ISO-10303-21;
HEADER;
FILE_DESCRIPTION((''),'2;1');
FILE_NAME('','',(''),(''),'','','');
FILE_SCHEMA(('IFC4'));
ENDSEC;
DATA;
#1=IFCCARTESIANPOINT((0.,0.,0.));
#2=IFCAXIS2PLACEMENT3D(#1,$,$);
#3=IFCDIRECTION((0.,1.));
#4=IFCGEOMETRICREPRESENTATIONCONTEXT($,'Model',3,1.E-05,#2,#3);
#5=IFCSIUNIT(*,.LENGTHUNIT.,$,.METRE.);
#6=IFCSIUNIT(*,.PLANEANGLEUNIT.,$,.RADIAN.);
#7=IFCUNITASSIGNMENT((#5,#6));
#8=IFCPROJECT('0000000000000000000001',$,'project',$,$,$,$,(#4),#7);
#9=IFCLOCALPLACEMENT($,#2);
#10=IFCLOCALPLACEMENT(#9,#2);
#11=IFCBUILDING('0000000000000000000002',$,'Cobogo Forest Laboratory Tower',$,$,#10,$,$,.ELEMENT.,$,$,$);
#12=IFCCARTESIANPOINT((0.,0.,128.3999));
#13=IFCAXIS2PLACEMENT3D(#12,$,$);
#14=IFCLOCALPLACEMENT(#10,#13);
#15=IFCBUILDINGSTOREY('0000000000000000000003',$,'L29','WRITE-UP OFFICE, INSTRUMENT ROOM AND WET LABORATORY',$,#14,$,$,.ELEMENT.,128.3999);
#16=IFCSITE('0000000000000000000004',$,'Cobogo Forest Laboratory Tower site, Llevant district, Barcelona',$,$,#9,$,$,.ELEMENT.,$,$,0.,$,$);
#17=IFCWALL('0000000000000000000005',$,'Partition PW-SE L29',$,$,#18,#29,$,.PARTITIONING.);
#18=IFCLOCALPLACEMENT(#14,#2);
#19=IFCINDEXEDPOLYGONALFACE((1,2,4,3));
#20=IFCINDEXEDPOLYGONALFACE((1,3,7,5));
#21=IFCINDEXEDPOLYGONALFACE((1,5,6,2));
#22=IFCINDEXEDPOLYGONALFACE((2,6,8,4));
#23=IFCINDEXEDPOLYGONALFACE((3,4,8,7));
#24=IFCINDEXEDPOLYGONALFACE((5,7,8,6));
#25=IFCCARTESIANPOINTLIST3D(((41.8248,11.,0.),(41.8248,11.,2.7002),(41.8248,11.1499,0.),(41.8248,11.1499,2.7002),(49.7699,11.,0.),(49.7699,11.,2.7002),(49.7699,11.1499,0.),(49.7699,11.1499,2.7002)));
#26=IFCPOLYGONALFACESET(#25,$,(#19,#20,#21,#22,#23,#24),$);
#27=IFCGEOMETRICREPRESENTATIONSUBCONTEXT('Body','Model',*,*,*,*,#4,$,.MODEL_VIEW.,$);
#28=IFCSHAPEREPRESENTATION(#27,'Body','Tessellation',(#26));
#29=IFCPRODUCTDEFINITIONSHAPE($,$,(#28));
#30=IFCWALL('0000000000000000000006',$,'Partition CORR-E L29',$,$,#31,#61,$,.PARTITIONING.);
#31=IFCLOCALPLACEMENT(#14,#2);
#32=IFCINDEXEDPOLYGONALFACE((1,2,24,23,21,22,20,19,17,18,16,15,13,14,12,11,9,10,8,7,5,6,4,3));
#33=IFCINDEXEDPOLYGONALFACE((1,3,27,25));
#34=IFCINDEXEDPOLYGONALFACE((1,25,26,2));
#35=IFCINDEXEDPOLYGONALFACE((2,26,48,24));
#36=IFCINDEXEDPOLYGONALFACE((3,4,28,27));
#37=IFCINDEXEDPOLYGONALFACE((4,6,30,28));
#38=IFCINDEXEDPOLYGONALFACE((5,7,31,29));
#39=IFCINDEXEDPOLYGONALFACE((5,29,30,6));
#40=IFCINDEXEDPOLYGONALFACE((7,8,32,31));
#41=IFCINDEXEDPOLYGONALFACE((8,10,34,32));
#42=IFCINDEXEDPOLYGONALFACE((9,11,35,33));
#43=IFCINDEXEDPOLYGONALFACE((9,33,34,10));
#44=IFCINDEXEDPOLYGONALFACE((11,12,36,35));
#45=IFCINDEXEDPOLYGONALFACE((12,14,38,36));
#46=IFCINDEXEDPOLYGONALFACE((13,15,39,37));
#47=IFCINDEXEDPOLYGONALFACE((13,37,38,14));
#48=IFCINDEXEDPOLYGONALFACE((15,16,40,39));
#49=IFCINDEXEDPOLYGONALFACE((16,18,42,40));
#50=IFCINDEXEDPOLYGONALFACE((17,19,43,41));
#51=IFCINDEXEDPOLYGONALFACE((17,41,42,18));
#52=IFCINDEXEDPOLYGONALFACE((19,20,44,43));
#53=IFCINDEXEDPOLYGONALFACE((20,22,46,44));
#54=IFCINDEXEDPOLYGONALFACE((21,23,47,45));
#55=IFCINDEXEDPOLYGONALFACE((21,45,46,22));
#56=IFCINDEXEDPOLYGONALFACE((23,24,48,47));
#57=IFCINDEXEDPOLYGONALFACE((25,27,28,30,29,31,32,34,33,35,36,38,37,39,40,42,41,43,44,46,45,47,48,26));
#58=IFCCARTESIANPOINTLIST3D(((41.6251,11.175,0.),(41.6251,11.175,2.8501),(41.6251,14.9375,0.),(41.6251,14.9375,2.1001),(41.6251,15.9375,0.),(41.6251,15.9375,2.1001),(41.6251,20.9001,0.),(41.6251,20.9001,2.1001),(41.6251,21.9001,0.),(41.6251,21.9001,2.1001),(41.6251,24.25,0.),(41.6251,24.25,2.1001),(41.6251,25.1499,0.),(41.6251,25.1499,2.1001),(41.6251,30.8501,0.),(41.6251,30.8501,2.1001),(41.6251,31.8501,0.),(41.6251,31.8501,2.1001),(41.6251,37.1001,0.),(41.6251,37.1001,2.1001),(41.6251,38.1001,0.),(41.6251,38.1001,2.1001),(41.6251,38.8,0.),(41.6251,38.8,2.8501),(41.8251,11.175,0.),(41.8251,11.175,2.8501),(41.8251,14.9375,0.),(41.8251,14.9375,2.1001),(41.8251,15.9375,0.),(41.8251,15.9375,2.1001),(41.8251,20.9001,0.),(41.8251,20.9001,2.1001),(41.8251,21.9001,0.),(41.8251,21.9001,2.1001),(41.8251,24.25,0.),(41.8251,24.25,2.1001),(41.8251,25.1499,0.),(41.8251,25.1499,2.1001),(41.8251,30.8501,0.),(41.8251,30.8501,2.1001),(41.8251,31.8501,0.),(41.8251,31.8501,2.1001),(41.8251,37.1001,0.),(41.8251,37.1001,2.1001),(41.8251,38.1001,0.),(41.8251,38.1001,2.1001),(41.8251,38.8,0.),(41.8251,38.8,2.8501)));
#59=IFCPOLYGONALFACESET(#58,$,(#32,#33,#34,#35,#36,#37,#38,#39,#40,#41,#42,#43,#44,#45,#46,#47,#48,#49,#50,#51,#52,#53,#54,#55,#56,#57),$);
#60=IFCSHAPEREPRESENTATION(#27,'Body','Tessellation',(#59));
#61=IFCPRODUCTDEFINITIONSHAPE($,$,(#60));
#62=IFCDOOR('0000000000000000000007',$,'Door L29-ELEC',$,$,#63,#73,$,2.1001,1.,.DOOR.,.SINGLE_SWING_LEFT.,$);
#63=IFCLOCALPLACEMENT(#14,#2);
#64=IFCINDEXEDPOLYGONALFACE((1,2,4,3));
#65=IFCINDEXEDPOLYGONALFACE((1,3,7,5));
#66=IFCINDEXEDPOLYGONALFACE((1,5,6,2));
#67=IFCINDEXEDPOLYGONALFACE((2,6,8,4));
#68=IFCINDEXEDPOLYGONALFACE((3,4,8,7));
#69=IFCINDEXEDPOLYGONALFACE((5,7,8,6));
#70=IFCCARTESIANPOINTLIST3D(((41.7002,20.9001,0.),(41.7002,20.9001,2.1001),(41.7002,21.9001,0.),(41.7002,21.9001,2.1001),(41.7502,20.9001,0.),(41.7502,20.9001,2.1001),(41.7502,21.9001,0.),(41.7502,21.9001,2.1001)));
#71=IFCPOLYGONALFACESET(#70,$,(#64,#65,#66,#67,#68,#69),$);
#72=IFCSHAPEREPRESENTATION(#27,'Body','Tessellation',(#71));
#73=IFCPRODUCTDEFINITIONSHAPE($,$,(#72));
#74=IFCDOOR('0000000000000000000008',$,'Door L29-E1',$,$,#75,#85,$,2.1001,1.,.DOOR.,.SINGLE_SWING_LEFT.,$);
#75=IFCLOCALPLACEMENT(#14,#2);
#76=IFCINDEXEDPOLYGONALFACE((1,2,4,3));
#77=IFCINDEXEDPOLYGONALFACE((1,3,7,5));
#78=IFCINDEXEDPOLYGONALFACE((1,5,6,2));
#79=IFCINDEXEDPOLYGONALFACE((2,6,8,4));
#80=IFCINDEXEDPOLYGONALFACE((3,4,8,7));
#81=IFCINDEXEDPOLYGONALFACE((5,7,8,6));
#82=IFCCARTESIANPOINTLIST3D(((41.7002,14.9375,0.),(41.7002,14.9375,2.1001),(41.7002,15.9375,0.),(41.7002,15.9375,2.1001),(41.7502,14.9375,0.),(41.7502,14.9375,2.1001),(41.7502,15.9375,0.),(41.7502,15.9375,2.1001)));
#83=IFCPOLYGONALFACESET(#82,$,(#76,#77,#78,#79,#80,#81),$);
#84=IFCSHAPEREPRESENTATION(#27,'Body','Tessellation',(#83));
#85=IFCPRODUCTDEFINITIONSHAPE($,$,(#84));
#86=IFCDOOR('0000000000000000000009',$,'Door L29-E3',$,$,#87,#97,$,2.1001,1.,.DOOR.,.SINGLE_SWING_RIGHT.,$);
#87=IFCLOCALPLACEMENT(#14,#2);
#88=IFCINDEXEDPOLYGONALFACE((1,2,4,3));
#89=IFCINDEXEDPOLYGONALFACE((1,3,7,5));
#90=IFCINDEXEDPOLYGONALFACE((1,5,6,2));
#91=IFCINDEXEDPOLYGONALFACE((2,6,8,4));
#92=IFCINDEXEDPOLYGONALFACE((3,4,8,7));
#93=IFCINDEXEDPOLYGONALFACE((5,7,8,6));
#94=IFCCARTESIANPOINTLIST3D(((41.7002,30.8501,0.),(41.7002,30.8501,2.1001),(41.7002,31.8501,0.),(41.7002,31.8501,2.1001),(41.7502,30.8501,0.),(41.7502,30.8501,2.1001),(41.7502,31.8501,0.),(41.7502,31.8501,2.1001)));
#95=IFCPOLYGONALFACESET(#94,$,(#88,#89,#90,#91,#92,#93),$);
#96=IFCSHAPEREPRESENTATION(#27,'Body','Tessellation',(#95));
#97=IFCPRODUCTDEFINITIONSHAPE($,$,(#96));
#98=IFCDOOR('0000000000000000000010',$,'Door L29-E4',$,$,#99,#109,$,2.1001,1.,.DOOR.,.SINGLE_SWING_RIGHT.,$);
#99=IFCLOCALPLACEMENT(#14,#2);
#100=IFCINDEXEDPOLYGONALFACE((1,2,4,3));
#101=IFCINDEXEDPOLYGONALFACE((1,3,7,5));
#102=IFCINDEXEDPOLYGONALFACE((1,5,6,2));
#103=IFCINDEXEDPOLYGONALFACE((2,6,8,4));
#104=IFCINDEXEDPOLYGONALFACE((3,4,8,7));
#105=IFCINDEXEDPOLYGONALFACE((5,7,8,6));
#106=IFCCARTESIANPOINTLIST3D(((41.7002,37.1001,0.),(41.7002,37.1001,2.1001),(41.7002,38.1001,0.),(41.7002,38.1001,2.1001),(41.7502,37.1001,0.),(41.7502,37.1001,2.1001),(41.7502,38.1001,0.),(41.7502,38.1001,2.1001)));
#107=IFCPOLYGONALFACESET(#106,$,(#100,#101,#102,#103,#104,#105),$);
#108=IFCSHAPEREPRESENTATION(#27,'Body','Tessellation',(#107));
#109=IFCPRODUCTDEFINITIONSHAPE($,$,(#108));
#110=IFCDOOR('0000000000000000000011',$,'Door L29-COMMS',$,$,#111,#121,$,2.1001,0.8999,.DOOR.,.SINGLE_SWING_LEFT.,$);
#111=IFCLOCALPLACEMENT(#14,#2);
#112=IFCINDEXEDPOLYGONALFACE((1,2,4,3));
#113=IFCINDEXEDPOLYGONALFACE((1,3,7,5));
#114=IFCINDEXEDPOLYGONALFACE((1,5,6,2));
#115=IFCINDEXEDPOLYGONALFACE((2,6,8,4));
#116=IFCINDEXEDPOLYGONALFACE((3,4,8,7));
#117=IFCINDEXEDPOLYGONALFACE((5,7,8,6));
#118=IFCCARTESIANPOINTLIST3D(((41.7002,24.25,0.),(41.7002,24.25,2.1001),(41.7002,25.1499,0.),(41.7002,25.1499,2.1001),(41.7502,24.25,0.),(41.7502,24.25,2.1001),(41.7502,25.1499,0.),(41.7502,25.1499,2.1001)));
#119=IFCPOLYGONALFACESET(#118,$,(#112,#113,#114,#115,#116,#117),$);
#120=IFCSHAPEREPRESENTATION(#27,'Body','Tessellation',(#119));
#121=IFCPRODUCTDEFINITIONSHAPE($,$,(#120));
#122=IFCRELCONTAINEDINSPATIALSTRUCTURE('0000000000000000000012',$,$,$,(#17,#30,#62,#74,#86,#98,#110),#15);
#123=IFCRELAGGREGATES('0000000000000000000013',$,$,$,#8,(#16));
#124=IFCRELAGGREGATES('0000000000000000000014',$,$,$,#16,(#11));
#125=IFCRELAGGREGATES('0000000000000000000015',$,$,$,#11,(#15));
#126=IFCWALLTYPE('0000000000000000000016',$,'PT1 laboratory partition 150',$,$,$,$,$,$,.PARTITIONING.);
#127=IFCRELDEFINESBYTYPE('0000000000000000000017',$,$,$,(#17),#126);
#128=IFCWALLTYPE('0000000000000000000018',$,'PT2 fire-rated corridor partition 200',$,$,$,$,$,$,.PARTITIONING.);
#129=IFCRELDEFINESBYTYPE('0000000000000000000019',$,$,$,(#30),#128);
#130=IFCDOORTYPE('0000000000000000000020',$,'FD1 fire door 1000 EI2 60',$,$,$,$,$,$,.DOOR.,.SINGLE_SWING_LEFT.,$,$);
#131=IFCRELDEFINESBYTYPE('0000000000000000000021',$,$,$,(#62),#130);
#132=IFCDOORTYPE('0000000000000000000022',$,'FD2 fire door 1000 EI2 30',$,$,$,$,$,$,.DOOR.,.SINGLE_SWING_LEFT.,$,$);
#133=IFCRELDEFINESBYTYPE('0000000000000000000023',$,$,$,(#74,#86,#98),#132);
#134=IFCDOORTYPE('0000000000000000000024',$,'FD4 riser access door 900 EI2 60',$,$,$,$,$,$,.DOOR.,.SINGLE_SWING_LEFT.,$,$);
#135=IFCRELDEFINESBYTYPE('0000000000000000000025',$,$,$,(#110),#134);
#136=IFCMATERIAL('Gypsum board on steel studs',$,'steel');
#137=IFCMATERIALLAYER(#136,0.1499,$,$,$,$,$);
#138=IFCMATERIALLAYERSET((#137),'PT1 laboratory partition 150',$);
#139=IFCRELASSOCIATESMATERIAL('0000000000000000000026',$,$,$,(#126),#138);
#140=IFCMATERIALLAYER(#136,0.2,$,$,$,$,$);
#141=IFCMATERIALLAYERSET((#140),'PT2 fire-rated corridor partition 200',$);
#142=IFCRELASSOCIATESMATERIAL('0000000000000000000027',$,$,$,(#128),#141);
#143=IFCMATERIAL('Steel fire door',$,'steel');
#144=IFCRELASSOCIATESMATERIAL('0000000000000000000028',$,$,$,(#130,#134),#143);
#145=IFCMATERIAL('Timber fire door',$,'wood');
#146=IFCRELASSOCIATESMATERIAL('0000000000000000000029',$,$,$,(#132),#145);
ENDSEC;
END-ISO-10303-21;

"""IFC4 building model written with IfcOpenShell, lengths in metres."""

from ifc_helpers import new_model, si_unit, direction, frame, frame_2d, origin, place, context, subcontext, project, spatial, rectangle, extrude, material, layer, layer_set, type_object, element, fill, save


model = new_model("IFC4")

# Units and contexts
model_context = context("Model", 3, precision=1e-05, world=origin(), true_north=direction((0.0, 1.0)))
body_context = subcontext(model_context, "Body", "Model", "MODEL_VIEW")
ifc_project = project(units=[si_unit("LENGTHUNIT", "METRE"), si_unit("PLANEANGLEUNIT", "RADIAN")], contexts=[model_context])

# Site, building, storey
site_placement = place(None, origin())
site = spatial("IfcSite", under=ifc_project, at=site_placement, Name="Cobogo Forest Laboratory Tower site, Llevant district, Barcelona", CompositionType="ELEMENT", RefElevation=0.0)
building_placement = place(site_placement, origin())
building = spatial("IfcBuilding", under=site, at=building_placement, Name="Cobogo Forest Laboratory Tower", CompositionType="ELEMENT")
storey_placement = place(building_placement, frame((0.0, 0.0, 128.3999)))
storey = spatial("IfcBuildingStorey", under=building, at=storey_placement, Name="L29", Description="WRITE-UP OFFICE, INSTRUMENT ROOM AND WET LABORATORY", CompositionType="ELEMENT", Elevation=128.3999)

# Wall
ifc_material_1 = material(Name="Gypsum board on steel studs", Category="steel")
ifc_layer_1 = layer(ifc_material_1, 0.1499)
ifc_layer_set_1 = layer_set([ifc_layer_1], Name="PT1 laboratory partition 150")
wall_type_1 = type_object("IfcWallType", Name="PT1 laboratory partition 150", PredefinedType="PARTITIONING", material=ifc_layer_set_1)
wall_1_placement = place(storey_placement, frame((49.77, 11.075, 0.0), z_axis=(0.0, 0.0, 1.0), x_axis=(-1.0, 0.0, 0.0)))
element("IfcWall", 1, at=wall_1_placement, inside=storey, type_object=wall_type_1, Name="Partition PW-SE L29", PredefinedType="PARTITIONING", context=body_context, shape_type="SweptSolid", body=[
    extrude(rectangle(XDim=7.9451, YDim=0.1499, at=frame_2d((3.9727, 0.0))), origin(), (0.0, 0.0, 1.0), 2.7002),
])

# Wall, openings, doors
ifc_layer_2 = layer(ifc_material_1, 0.2)
ifc_layer_set_2 = layer_set([ifc_layer_2], Name="PT2 fire-rated corridor partition 200")
wall_type_2 = type_object("IfcWallType", Name="PT2 fire-rated corridor partition 200", PredefinedType="PARTITIONING", material=ifc_layer_set_2)
wall_2_placement = place(storey_placement, frame((41.7251, 11.175, 0.0), z_axis=(0.0, 0.0, 1.0), x_axis=(0.0, 1.0, 0.0)))
wall_2 = element("IfcWall", 2, at=wall_2_placement, inside=storey, type_object=wall_type_2, Name="Partition CORR-E L29", PredefinedType="PARTITIONING", context=body_context, shape_type="SweptSolid", body=[
    extrude(rectangle(XDim=27.625, YDim=0.2, at=frame_2d((13.8125, 0.0))), origin(), (0.0, 0.0, 1.0), 2.8501),
])
opening_1_placement = place(wall_2_placement, frame((3.7625, 0.0, 0.0)))
opening_1 = element("IfcOpeningElement", 3, at=opening_1_placement, cuts=wall_2, PredefinedType="OPENING", context=body_context, shape_type="SweptSolid", body=[
    extrude(rectangle(XDim=1.0, YDim=2.1001, at=frame_2d((0.5, 1.05))), frame((0.0, 0.1099, 0.0), z_axis=(0.0, -1.0, 0.0), x_axis=(1.0, 0.0, 0.0)), (0.0, 0.0, 1.0), 0.22),
])
opening_2_placement = place(wall_2_placement, frame((9.7251, 0.0, 0.0)))
opening_2 = element("IfcOpeningElement", 4, at=opening_2_placement, cuts=wall_2, PredefinedType="OPENING", context=body_context, shape_type="SweptSolid", body=[
    extrude(rectangle(XDim=1.0, YDim=2.1001, at=frame_2d((0.5, 1.05))), frame((0.0, 0.1099, 0.0), z_axis=(0.0, -1.0, 0.0), x_axis=(1.0, 0.0, 0.0)), (0.0, 0.0, 1.0), 0.22),
])
opening_3_placement = place(wall_2_placement, frame((13.075, 0.0, 0.0)))
opening_3 = element("IfcOpeningElement", 5, at=opening_3_placement, cuts=wall_2, PredefinedType="OPENING", context=body_context, shape_type="SweptSolid", body=[
    extrude(rectangle(XDim=0.8999, YDim=2.1001, at=frame_2d((0.45, 1.05))), frame((0.0, 0.1099, 0.0), z_axis=(0.0, -1.0, 0.0), x_axis=(1.0, 0.0, 0.0)), (0.0, 0.0, 1.0), 0.22),
])
opening_4_placement = place(wall_2_placement, frame((19.675, 0.0, 0.0)))
opening_4 = element("IfcOpeningElement", 6, at=opening_4_placement, cuts=wall_2, PredefinedType="OPENING", context=body_context, shape_type="SweptSolid", body=[
    extrude(rectangle(XDim=1.0, YDim=2.1001, at=frame_2d((0.5, 1.05))), frame((0.0, 0.1099, 0.0), z_axis=(0.0, -1.0, 0.0), x_axis=(1.0, 0.0, 0.0)), (0.0, 0.0, 1.0), 0.22),
])
opening_5_placement = place(wall_2_placement, frame((25.925, 0.0, 0.0)))
opening_5 = element("IfcOpeningElement", 7, at=opening_5_placement, cuts=wall_2, PredefinedType="OPENING", context=body_context, shape_type="SweptSolid", body=[
    extrude(rectangle(XDim=1.0, YDim=2.1001, at=frame_2d((0.5, 1.05))), frame((0.0, 0.1099, 0.0), z_axis=(0.0, -1.0, 0.0), x_axis=(1.0, 0.0, 0.0)), (0.0, 0.0, 1.0), 0.22),
])
ifc_material_2 = material(Name="Steel fire door", Category="steel")
door_type_1 = type_object("IfcDoorType", Name="FD1 fire door 1000 EI2 60", OperationType="SINGLE_SWING_LEFT", PredefinedType="DOOR", material=ifc_material_2)
door_1_placement = place(opening_2_placement, origin())
door_1 = element("IfcDoor", 8, at=door_1_placement, inside=storey, type_object=door_type_1, Name="Door L29-ELEC", OperationType="SINGLE_SWING_LEFT", OverallHeight=2.1001, OverallWidth=1.0, PredefinedType="DOOR", context=body_context, shape_type="SweptSolid", body=[
    extrude(rectangle(XDim=1.0, YDim=2.1001, at=frame_2d((0.5, 1.05))), frame((0.0, 0.0249, 0.0), z_axis=(0.0, -1.0, 0.0), x_axis=(1.0, 0.0, 0.0)), (0.0, 0.0, 1.0), 0.05),
])
fill(opening_2, door_1)
ifc_material_3 = material(Name="Timber fire door", Category="wood")
door_type_2 = type_object("IfcDoorType", Name="FD2 fire door 1000 EI2 30", OperationType="SINGLE_SWING_LEFT", PredefinedType="DOOR", material=ifc_material_3)
door_2_placement = place(opening_1_placement, origin())
door_2 = element("IfcDoor", 9, at=door_2_placement, inside=storey, type_object=door_type_2, Name="Door L29-E1", OperationType="SINGLE_SWING_LEFT", OverallHeight=2.1001, OverallWidth=1.0, PredefinedType="DOOR", context=body_context, shape_type="SweptSolid", body=[
    extrude(rectangle(XDim=1.0, YDim=2.1001, at=frame_2d((0.5, 1.05))), frame((0.0, 0.0249, 0.0), z_axis=(0.0, -1.0, 0.0), x_axis=(1.0, 0.0, 0.0)), (0.0, 0.0, 1.0), 0.05),
])
fill(opening_1, door_2)
door_3_placement = place(opening_4_placement, origin())
door_3 = element("IfcDoor", 10, at=door_3_placement, inside=storey, type_object=door_type_2, Name="Door L29-E3", OperationType="SINGLE_SWING_RIGHT", OverallHeight=2.1001, OverallWidth=1.0, PredefinedType="DOOR", context=body_context, shape_type="SweptSolid", body=[
    extrude(rectangle(XDim=1.0, YDim=2.1001, at=frame_2d((0.5, 1.05))), frame((0.0, 0.0249, 0.0), z_axis=(0.0, -1.0, 0.0), x_axis=(1.0, 0.0, 0.0)), (0.0, 0.0, 1.0), 0.05),
])
fill(opening_4, door_3)
door_4_placement = place(opening_5_placement, origin())
door_4 = element("IfcDoor", 11, at=door_4_placement, inside=storey, type_object=door_type_2, Name="Door L29-E4", OperationType="SINGLE_SWING_RIGHT", OverallHeight=2.1001, OverallWidth=1.0, PredefinedType="DOOR", context=body_context, shape_type="SweptSolid", body=[
    extrude(rectangle(XDim=1.0, YDim=2.1001, at=frame_2d((0.5, 1.05))), frame((0.0, 0.0249, 0.0), z_axis=(0.0, -1.0, 0.0), x_axis=(1.0, 0.0, 0.0)), (0.0, 0.0, 1.0), 0.05),
])
fill(opening_5, door_4)
door_type_3 = type_object("IfcDoorType", Name="FD4 riser access door 900 EI2 60", OperationType="SINGLE_SWING_LEFT", PredefinedType="DOOR", material=ifc_material_2)
door_5_placement = place(opening_3_placement, origin())
door_5 = element("IfcDoor", 12, at=door_5_placement, inside=storey, type_object=door_type_3, Name="Door L29-COMMS", OperationType="SINGLE_SWING_LEFT", OverallHeight=2.1001, OverallWidth=0.8999, PredefinedType="DOOR", context=body_context, shape_type="SweptSolid", body=[
    extrude(rectangle(XDim=0.8999, YDim=2.1001, at=frame_2d((0.45, 1.05))), frame((0.0, 0.0249, 0.0), z_axis=(0.0, -1.0, 0.0), x_axis=(1.0, 0.0, 0.0)), (0.0, 0.0, 1.0), 0.05),
])
fill(opening_3, door_5)

save(model, "model.ifc")
